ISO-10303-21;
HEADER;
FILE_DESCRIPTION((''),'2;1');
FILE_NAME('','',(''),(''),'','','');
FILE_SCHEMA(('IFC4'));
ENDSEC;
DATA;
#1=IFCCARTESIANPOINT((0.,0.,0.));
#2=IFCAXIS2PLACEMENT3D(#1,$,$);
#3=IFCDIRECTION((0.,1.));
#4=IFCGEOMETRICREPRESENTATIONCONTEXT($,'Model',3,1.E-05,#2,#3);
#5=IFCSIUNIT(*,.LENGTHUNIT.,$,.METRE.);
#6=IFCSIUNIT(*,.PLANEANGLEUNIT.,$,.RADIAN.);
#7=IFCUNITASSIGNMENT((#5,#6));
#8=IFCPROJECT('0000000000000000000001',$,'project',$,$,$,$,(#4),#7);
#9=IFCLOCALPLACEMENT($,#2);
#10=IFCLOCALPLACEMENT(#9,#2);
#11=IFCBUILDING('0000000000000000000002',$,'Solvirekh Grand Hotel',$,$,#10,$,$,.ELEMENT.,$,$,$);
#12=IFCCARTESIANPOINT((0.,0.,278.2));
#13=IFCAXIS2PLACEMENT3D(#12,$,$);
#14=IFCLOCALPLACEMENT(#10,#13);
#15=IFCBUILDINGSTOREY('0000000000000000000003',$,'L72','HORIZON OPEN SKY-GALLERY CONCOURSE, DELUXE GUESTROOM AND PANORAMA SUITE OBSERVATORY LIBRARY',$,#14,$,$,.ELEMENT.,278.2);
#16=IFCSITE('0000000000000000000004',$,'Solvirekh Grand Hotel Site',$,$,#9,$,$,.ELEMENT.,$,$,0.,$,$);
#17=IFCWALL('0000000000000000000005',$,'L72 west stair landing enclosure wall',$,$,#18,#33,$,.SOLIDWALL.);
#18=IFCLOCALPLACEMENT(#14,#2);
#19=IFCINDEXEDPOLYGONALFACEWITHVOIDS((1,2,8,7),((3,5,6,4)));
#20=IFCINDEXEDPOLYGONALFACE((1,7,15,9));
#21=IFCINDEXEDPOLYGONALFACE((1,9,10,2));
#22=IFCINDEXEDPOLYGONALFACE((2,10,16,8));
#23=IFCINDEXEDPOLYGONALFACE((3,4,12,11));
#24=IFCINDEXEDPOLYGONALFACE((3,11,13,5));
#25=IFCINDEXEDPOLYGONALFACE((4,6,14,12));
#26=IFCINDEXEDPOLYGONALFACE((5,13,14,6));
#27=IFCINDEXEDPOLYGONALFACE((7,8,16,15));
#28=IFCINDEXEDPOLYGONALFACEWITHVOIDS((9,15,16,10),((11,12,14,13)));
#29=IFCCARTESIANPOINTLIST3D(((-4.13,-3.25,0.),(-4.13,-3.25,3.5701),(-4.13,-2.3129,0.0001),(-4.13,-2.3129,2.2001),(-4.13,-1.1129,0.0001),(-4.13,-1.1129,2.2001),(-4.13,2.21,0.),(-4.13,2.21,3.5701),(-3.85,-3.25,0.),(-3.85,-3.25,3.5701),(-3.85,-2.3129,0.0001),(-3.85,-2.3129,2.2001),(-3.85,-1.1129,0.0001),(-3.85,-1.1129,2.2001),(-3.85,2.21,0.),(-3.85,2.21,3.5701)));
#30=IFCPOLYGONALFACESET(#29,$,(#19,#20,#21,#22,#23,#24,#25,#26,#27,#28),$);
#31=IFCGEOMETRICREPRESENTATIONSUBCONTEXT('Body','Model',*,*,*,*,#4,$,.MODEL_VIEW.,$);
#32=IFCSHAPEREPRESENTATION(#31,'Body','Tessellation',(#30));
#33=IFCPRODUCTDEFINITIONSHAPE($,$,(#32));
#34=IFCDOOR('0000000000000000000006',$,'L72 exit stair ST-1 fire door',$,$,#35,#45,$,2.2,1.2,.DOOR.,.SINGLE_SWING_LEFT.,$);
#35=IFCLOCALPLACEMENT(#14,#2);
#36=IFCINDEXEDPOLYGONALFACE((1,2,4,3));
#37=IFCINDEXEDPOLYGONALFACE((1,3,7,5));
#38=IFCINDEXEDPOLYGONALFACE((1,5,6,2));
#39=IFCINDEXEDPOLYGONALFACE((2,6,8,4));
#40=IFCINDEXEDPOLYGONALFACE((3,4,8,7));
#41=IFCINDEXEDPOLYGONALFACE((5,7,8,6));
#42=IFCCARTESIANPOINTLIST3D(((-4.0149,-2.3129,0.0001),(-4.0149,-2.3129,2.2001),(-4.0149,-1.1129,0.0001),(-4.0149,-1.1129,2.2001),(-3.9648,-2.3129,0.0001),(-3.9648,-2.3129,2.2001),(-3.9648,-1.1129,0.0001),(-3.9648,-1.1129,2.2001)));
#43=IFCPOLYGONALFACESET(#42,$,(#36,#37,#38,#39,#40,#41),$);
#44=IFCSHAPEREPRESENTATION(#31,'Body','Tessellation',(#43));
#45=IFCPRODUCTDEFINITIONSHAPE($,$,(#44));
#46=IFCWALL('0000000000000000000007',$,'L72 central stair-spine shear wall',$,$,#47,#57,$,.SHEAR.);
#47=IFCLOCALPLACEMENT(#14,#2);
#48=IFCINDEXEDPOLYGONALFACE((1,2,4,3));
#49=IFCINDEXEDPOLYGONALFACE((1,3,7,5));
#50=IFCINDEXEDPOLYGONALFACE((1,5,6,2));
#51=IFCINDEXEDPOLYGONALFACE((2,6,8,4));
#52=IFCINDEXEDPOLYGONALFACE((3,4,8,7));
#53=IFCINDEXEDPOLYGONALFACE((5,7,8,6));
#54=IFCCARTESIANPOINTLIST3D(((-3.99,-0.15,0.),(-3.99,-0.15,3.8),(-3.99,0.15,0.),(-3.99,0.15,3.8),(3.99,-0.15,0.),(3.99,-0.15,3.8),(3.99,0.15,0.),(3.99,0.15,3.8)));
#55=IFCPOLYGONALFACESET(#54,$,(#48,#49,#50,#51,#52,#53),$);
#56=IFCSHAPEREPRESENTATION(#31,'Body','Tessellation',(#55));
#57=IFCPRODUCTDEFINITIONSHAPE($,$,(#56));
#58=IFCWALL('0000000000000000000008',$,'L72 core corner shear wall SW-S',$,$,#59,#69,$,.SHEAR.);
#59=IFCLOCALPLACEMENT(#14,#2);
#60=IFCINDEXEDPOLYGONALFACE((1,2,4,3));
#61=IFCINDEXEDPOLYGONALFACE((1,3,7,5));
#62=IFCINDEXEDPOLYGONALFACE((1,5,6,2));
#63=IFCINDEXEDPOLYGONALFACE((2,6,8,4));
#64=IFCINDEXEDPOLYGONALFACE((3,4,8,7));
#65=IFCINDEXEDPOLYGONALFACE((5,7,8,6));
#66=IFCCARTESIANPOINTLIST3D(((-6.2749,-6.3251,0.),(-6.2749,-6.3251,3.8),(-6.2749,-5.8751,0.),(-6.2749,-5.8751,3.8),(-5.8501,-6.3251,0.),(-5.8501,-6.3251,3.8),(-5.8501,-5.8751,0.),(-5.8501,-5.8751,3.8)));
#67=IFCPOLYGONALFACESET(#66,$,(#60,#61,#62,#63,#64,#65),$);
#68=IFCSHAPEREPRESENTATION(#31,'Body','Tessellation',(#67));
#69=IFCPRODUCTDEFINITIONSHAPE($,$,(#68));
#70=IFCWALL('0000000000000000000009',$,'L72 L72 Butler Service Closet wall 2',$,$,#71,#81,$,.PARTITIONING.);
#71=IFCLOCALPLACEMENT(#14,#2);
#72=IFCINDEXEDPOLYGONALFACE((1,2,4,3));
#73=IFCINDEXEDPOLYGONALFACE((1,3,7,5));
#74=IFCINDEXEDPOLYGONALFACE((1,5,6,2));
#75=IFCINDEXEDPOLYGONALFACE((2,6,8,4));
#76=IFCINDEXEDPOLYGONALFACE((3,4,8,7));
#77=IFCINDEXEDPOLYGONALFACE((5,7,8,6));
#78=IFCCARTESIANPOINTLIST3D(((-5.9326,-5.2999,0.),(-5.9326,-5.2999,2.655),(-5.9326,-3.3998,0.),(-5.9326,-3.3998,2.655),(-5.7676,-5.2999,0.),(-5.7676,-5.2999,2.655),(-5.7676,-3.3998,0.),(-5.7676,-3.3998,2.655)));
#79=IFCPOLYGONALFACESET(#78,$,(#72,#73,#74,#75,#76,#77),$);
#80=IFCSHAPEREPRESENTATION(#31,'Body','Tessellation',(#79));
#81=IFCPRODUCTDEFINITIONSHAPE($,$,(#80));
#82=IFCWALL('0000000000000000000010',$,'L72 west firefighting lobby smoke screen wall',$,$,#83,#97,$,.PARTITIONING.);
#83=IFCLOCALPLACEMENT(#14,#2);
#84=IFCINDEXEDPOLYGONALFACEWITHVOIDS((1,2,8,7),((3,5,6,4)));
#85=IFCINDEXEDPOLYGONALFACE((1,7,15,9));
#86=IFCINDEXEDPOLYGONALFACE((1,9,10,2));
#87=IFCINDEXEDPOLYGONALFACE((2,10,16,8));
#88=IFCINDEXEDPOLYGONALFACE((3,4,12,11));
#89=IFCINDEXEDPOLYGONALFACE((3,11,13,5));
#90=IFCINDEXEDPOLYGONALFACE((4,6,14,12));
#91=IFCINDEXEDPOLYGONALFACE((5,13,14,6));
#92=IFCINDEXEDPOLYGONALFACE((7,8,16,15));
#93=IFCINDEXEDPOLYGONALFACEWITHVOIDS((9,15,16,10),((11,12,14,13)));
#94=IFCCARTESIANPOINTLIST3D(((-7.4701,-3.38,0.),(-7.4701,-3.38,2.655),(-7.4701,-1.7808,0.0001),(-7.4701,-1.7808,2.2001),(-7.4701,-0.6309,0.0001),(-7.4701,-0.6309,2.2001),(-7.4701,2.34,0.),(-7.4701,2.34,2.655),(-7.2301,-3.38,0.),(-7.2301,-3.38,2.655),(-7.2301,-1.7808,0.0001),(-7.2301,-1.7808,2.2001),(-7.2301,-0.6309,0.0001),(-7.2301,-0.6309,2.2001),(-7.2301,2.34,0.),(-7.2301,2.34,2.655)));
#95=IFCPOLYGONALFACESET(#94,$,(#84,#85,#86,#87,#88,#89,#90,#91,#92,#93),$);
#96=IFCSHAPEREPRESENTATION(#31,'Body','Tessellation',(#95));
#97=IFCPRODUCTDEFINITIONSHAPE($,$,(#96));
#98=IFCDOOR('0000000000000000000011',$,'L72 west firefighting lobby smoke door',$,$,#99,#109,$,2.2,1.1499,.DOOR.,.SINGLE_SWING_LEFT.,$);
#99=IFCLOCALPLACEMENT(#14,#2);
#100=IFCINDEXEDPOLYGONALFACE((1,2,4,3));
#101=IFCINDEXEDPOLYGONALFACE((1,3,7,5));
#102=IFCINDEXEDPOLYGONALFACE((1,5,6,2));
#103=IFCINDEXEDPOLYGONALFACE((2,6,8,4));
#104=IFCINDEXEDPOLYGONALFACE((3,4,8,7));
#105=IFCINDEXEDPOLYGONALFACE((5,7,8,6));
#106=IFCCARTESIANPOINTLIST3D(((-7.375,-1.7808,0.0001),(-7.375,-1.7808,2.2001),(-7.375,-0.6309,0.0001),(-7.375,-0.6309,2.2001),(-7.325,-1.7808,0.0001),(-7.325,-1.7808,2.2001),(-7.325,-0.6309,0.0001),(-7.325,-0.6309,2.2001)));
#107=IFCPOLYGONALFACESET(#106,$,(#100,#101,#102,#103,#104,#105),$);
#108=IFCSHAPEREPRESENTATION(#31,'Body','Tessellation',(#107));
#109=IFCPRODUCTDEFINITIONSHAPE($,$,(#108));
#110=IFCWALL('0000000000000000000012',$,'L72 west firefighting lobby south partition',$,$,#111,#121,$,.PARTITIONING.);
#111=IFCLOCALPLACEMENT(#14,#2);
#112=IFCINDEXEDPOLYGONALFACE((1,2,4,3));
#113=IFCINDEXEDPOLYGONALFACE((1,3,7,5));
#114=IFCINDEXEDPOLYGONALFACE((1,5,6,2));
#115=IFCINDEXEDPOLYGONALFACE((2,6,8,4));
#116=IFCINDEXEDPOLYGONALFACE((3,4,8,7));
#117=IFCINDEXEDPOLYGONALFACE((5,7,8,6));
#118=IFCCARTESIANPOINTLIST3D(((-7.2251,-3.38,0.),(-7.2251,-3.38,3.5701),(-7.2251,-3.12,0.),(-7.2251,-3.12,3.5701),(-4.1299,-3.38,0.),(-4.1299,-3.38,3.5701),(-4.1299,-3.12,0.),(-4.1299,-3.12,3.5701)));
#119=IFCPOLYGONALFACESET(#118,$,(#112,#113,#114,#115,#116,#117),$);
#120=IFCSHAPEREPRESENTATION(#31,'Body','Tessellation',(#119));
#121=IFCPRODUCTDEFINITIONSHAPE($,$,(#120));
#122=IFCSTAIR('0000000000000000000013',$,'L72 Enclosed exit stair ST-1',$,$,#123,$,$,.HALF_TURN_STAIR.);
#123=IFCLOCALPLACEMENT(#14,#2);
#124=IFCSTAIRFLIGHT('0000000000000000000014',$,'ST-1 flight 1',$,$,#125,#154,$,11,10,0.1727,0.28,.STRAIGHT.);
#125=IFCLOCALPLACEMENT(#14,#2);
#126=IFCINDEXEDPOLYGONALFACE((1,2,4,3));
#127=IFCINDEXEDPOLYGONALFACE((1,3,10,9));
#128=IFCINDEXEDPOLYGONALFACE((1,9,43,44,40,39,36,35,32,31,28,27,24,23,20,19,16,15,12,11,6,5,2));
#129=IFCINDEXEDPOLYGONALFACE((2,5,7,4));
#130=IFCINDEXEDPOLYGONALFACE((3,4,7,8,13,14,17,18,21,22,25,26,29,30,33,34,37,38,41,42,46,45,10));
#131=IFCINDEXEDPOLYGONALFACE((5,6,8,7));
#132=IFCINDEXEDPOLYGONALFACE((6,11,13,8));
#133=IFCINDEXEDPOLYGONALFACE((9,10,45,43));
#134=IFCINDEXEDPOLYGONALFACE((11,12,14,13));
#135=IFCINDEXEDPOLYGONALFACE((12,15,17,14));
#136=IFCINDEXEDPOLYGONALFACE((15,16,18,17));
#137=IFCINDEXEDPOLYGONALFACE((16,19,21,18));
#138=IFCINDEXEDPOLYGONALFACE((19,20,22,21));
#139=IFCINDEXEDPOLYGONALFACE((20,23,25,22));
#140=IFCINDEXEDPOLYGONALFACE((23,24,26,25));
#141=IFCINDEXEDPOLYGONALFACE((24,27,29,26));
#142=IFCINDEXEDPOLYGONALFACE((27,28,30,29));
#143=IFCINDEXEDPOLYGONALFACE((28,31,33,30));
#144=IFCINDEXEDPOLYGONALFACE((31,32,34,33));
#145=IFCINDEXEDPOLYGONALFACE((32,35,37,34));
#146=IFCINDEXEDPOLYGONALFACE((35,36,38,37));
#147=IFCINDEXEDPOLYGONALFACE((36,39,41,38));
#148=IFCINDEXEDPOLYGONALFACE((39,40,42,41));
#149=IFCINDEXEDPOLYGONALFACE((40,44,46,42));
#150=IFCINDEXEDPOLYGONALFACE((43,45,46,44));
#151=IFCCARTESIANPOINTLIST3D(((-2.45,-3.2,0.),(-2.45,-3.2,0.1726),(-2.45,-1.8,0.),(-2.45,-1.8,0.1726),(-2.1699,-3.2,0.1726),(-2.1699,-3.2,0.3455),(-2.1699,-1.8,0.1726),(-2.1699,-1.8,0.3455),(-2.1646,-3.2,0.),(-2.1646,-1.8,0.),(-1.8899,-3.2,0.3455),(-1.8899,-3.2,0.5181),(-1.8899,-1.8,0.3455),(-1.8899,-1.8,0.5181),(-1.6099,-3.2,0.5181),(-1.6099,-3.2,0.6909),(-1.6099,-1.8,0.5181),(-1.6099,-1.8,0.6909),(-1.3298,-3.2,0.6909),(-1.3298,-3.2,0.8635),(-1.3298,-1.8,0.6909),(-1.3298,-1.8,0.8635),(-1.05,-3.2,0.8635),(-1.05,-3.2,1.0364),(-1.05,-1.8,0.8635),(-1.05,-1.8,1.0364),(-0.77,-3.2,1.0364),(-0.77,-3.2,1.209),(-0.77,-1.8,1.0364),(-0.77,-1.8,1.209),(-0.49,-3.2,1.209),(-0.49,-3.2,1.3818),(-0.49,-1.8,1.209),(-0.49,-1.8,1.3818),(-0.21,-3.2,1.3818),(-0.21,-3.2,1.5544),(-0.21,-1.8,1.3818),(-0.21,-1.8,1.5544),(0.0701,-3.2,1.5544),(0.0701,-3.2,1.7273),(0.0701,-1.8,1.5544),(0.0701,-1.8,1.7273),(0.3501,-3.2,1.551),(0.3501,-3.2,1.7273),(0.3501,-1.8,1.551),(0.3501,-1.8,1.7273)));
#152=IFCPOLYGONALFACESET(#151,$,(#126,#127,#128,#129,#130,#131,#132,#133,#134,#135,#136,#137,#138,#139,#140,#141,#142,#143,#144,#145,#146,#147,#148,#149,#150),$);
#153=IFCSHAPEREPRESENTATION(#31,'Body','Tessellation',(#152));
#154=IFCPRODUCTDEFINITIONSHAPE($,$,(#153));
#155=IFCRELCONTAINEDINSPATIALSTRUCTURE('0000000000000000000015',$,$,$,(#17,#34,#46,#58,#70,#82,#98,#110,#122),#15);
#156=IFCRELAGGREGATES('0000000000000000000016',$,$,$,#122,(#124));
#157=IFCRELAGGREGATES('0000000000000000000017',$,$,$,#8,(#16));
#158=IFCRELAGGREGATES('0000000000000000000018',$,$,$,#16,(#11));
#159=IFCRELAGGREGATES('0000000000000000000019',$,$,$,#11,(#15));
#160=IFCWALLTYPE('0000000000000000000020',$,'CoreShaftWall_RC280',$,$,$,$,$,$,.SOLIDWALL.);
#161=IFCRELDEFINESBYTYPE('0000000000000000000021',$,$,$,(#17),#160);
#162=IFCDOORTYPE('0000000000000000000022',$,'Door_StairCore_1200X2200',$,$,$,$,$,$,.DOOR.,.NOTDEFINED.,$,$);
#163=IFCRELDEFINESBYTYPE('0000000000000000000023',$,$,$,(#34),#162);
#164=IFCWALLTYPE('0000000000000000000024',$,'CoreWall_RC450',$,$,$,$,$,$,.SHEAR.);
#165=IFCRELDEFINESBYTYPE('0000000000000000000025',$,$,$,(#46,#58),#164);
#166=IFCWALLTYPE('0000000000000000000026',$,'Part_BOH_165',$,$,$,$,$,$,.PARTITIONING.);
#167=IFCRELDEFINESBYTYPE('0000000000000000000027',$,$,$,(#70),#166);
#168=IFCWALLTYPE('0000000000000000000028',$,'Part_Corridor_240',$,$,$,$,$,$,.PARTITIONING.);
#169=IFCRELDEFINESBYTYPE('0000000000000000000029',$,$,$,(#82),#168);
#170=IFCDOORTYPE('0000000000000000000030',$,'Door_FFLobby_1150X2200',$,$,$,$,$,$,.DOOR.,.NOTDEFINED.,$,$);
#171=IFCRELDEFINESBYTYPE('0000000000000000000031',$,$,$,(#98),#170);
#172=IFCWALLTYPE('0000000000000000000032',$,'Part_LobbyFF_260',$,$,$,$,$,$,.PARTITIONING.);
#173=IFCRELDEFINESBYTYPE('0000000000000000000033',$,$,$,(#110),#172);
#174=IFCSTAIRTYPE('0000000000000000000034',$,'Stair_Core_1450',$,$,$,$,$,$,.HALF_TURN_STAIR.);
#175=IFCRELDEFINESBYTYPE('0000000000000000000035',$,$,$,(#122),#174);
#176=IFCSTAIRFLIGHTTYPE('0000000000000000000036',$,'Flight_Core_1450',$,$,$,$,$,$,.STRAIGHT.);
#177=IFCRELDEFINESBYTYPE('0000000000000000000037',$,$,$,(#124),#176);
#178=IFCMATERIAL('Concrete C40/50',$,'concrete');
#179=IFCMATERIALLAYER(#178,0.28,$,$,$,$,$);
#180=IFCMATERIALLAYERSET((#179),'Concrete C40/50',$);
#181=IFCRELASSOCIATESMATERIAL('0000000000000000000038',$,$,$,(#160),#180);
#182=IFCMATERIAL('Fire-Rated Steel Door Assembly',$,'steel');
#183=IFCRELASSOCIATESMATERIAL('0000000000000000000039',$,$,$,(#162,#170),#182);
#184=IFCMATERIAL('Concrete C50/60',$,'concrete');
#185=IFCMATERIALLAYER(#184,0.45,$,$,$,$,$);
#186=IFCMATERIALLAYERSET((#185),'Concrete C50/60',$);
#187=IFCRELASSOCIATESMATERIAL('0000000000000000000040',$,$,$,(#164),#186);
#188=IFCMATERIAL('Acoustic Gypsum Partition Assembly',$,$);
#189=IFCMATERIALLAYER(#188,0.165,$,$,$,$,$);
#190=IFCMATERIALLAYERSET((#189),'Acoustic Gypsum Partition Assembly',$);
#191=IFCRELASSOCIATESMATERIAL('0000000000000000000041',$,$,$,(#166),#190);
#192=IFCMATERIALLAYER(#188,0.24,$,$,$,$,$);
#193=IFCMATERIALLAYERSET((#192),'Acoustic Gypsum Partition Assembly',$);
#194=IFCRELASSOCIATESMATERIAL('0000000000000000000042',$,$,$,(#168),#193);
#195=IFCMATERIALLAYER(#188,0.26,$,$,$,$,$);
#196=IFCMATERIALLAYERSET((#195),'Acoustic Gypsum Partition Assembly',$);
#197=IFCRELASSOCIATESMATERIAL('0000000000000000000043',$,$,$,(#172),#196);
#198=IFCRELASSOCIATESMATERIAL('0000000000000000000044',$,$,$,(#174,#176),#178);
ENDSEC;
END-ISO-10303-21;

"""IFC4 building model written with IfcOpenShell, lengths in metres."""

from ifc_helpers import new_model, si_unit, direction, frame, frame_2d, origin, place, context, subcontext, project, spatial, polyline, rectangle, outline, extrude, material, layer, layer_set, type_object, element, fill, aggregate, save


model = new_model("IFC4")

# Units and contexts
model_context = context("Model", 3, precision=1e-05, world=origin(), true_north=direction((0.0, 1.0)))
body_context = subcontext(model_context, "Body", "Model", "MODEL_VIEW")
ifc_project = project(units=[si_unit("LENGTHUNIT", "METRE"), si_unit("PLANEANGLEUNIT", "RADIAN")], contexts=[model_context])

# Site, building, storey
site_placement = place(None, origin())
site = spatial("IfcSite", under=ifc_project, at=site_placement, Name="Solvirekh Grand Hotel Site", CompositionType="ELEMENT", RefElevation=0.0)
building_placement = place(site_placement, origin())
building = spatial("IfcBuilding", under=site, at=building_placement, Name="Solvirekh Grand Hotel", CompositionType="ELEMENT")
storey_placement = place(building_placement, frame((0.0, 0.0, 278.2)))
storey = spatial("IfcBuildingStorey", under=building, at=storey_placement, Name="L72", Description="HORIZON OPEN SKY-GALLERY CONCOURSE, DELUXE GUESTROOM AND PANORAMA SUITE OBSERVATORY LIBRARY", CompositionType="ELEMENT", Elevation=278.2)

# Shared definitions
ifc_material_1 = material(Name="Concrete C50/60", Category="concrete")
ifc_material_2 = material(Name="Concrete C40/50", Category="concrete")

# Wall, opening, door
ifc_layer_1 = layer(ifc_material_2, 0.28)
ifc_layer_set_1 = layer_set([ifc_layer_1], Name="Concrete C40/50")
wall_type_1 = type_object("IfcWallType", Name="CoreShaftWall_RC280", PredefinedType="SOLIDWALL", material=ifc_layer_set_1)
wall_1_placement = place(storey_placement, frame((-3.99, -3.25, 0.0), z_axis=(0.0, 0.0, 1.0), x_axis=(0.0, 1.0, 0.0)))
wall_1 = element("IfcWall", 1, at=wall_1_placement, inside=storey, type_object=wall_type_1, Name="L72 west stair landing enclosure wall", PredefinedType="SOLIDWALL", context=body_context, shape_type="SweptSolid", body=[
    extrude(rectangle(XDim=5.46, YDim=0.28, at=frame_2d((2.73, 0.0))), origin(), (0.0, 0.0, 1.0), 3.5701),
])
opening_1_placement = place(wall_1_placement, frame((0.937, 0.0, 0.0)))
opening_1 = element("IfcOpeningElement", 2, at=opening_1_placement, cuts=wall_1, PredefinedType="OPENING", context=body_context, shape_type="SweptSolid", body=[
    extrude(rectangle(XDim=1.2, YDim=2.2, at=frame_2d((0.6001, 1.1001))), frame((0.0, 0.1499, 0.0), z_axis=(0.0, -1.0, 0.0), x_axis=(1.0, 0.0, 0.0)), (0.0, 0.0, 1.0), 0.3),
])
ifc_material_3 = material(Name="Fire-Rated Steel Door Assembly", Category="steel")
door_type_1 = type_object("IfcDoorType", Name="Door_StairCore_1200X2200", OperationType="NOTDEFINED", PredefinedType="DOOR", material=ifc_material_3)
door_1_placement = place(opening_1_placement, origin())
door_1 = element("IfcDoor", 3, at=door_1_placement, inside=storey, type_object=door_type_1, Name="L72 exit stair ST-1 fire door", OperationType="SINGLE_SWING_LEFT", OverallHeight=2.2, OverallWidth=1.2, PredefinedType="DOOR", context=body_context, shape_type="SweptSolid", body=[
    extrude(rectangle(XDim=1.2, YDim=2.2, at=frame_2d((0.6001, 1.1001))), frame((0.0, 0.0249, 0.0), z_axis=(0.0, -1.0, 0.0), x_axis=(1.0, 0.0, 0.0)), (0.0, 0.0, 1.0), 0.05),
])
fill(opening_1, door_1)

# Walls
ifc_layer_2 = layer(ifc_material_1, 0.45)
ifc_layer_set_2 = layer_set([ifc_layer_2], Name="Concrete C50/60")
wall_type_2 = type_object("IfcWallType", Name="CoreWall_RC450", PredefinedType="SHEAR", material=ifc_layer_set_2)
wall_2_placement = place(storey_placement, frame((-3.99, 0.0, 0.0), z_axis=(0.0, 0.0, 1.0), x_axis=(1.0, 0.0, 0.0)))
element("IfcWall", 4, at=wall_2_placement, inside=storey, type_object=wall_type_2, Name="L72 central stair-spine shear wall", PredefinedType="SHEAR", context=body_context, shape_type="SweptSolid", body=[
    extrude(rectangle(XDim=7.98, YDim=0.3, at=frame_2d((3.99, 0.0))), origin(), (0.0, 0.0, 1.0), 3.8),
])
wall_3_placement = place(storey_placement, frame((-6.2749, -6.1001, 0.0), z_axis=(0.0, 0.0, 1.0), x_axis=(1.0, 0.0, 0.0)))
element("IfcWall", 5, at=wall_3_placement, inside=storey, type_object=wall_type_2, Name="L72 core corner shear wall SW-S", PredefinedType="SHEAR", context=body_context, shape_type="SweptSolid", body=[
    extrude(rectangle(XDim=0.4248, YDim=0.45, at=frame_2d((0.2124, 0.0))), origin(), (0.0, 0.0, 1.0), 3.8),
])
ifc_material_4 = material(Name="Acoustic Gypsum Partition Assembly")
ifc_layer_3 = layer(ifc_material_4, 0.165)
ifc_layer_set_3 = layer_set([ifc_layer_3], Name="Acoustic Gypsum Partition Assembly")
wall_type_3 = type_object("IfcWallType", Name="Part_BOH_165", PredefinedType="PARTITIONING", material=ifc_layer_set_3)
wall_4_placement = place(storey_placement, frame((-5.8501, -5.3, 0.0), z_axis=(0.0, 0.0, 1.0), x_axis=(0.0, 1.0, 0.0)))
element("IfcWall", 6, at=wall_4_placement, inside=storey, type_object=wall_type_3, Name="L72 L72 Butler Service Closet wall 2", PredefinedType="PARTITIONING", context=body_context, shape_type="SweptSolid", body=[
    extrude(rectangle(XDim=1.9001, YDim=0.165, at=frame_2d((0.9502, 0.0))), origin(), (0.0, 0.0, 1.0), 2.655),
])

# Wall, opening, door
ifc_layer_4 = layer(ifc_material_4, 0.24)
ifc_layer_set_4 = layer_set([ifc_layer_4], Name="Acoustic Gypsum Partition Assembly")
wall_type_4 = type_object("IfcWallType", Name="Part_Corridor_240", PredefinedType="PARTITIONING", material=ifc_layer_set_4)
wall_5_placement = place(storey_placement, frame((-7.3501, -3.3799, 0.0), z_axis=(0.0, 0.0, 1.0), x_axis=(0.0, 1.0, 0.0)))
wall_5 = element("IfcWall", 7, at=wall_5_placement, inside=storey, type_object=wall_type_4, Name="L72 west firefighting lobby smoke screen wall", PredefinedType="PARTITIONING", context=body_context, shape_type="SweptSolid", body=[
    extrude(rectangle(XDim=5.72, YDim=0.24, at=frame_2d((2.8599, 0.0))), origin(), (0.0, 0.0, 1.0), 2.655),
])
opening_2_placement = place(wall_5_placement, frame((1.5991, 0.0, 0.0)))
opening_2 = element("IfcOpeningElement", 8, at=opening_2_placement, cuts=wall_5, PredefinedType="OPENING", context=body_context, shape_type="SweptSolid", body=[
    extrude(rectangle(XDim=1.1499, YDim=2.2, at=frame_2d((0.575, 1.1001))), frame((0.0, 0.1299, 0.0), z_axis=(0.0, -1.0, 0.0), x_axis=(1.0, 0.0, 0.0)), (0.0, 0.0, 1.0), 0.26),
])
door_type_2 = type_object("IfcDoorType", Name="Door_FFLobby_1150X2200", OperationType="NOTDEFINED", PredefinedType="DOOR", material=ifc_material_3)
door_2_placement = place(opening_2_placement, origin())
door_2 = element("IfcDoor", 9, at=door_2_placement, inside=storey, type_object=door_type_2, Name="L72 west firefighting lobby smoke door", OperationType="SINGLE_SWING_LEFT", OverallHeight=2.2, OverallWidth=1.1499, PredefinedType="DOOR", context=body_context, shape_type="SweptSolid", body=[
    extrude(rectangle(XDim=1.1499, YDim=2.2, at=frame_2d((0.575, 1.1001))), frame((0.0, 0.0249, 0.0), z_axis=(0.0, -1.0, 0.0), x_axis=(1.0, 0.0, 0.0)), (0.0, 0.0, 1.0), 0.05),
])
fill(opening_2, door_2)

# Wall
ifc_layer_5 = layer(ifc_material_4, 0.26)
ifc_layer_set_5 = layer_set([ifc_layer_5], Name="Acoustic Gypsum Partition Assembly")
wall_type_5 = type_object("IfcWallType", Name="Part_LobbyFF_260", PredefinedType="PARTITIONING", material=ifc_layer_set_5)
wall_6_placement = place(storey_placement, frame((-7.2251, -3.25, 0.0), z_axis=(0.0, 0.0, 1.0), x_axis=(1.0, 0.0, 0.0)))
element("IfcWall", 10, at=wall_6_placement, inside=storey, type_object=wall_type_5, Name="L72 west firefighting lobby south partition", PredefinedType="PARTITIONING", context=body_context, shape_type="SweptSolid", body=[
    extrude(rectangle(XDim=3.0952, YDim=0.26, at=frame_2d((1.5476, 0.0))), origin(), (0.0, 0.0, 1.0), 3.5701),
])

# Stair, stair flight
stair_type = type_object("IfcStairType", Name="Stair_Core_1450", PredefinedType="HALF_TURN_STAIR", material=ifc_material_2)
stair_placement = place(storey_placement, origin())
stair = element("IfcStair", 11, at=stair_placement, inside=storey, type_object=stair_type, Name="L72 Enclosed exit stair ST-1", PredefinedType="HALF_TURN_STAIR")
stair_flight_type = type_object("IfcStairFlightType", Name="Flight_Core_1450", PredefinedType="STRAIGHT", material=ifc_material_2)
stair_flight_placement = place(storey_placement, frame((-2.45, -2.5, 0.0), z_axis=(0.0, 0.0, 1.0), x_axis=(1.0, 0.0, 0.0)))
stair_flight = element("IfcStairFlight", 12, at=stair_flight_placement, type_object=stair_flight_type, Name="ST-1 flight 1", NumberOfRisers=11, NumberOfTreads=10, PredefinedType="STRAIGHT", RiserHeight=0.1727, TreadLength=0.28, context=body_context, shape_type="SweptSolid", body=[
    extrude(outline(polyline([(0.0, 0.0), (0.0, 0.1726), (0.28, 0.1726), (0.28, 0.3455), (0.5601, 0.3455), (0.5601, 0.5181), (0.8401, 0.5181), (0.8401, 0.6909), (1.1201, 0.6909), (1.1201, 0.8635), (1.3999, 0.8635), (1.3999, 1.0364), (1.6799, 1.0364), (1.6799, 1.209), (1.96, 1.209), (1.96, 1.3818), (2.24, 1.3818), (2.24, 1.5544), (2.52, 1.5544), (2.52, 1.7273), (2.8, 1.7273), (2.8, 1.8999), (2.8, 1.551), (0.2854, 0.0), (0.0, 0.0)])), frame((0.0, 0.7, 0.0), z_axis=(0.0, -1.0, 0.0), x_axis=(1.0, 0.0, 0.0)), (0.0, 0.0, 1.0), 1.3999),
])
aggregate(stair, [stair_flight])

save(model, "model.ifc")
